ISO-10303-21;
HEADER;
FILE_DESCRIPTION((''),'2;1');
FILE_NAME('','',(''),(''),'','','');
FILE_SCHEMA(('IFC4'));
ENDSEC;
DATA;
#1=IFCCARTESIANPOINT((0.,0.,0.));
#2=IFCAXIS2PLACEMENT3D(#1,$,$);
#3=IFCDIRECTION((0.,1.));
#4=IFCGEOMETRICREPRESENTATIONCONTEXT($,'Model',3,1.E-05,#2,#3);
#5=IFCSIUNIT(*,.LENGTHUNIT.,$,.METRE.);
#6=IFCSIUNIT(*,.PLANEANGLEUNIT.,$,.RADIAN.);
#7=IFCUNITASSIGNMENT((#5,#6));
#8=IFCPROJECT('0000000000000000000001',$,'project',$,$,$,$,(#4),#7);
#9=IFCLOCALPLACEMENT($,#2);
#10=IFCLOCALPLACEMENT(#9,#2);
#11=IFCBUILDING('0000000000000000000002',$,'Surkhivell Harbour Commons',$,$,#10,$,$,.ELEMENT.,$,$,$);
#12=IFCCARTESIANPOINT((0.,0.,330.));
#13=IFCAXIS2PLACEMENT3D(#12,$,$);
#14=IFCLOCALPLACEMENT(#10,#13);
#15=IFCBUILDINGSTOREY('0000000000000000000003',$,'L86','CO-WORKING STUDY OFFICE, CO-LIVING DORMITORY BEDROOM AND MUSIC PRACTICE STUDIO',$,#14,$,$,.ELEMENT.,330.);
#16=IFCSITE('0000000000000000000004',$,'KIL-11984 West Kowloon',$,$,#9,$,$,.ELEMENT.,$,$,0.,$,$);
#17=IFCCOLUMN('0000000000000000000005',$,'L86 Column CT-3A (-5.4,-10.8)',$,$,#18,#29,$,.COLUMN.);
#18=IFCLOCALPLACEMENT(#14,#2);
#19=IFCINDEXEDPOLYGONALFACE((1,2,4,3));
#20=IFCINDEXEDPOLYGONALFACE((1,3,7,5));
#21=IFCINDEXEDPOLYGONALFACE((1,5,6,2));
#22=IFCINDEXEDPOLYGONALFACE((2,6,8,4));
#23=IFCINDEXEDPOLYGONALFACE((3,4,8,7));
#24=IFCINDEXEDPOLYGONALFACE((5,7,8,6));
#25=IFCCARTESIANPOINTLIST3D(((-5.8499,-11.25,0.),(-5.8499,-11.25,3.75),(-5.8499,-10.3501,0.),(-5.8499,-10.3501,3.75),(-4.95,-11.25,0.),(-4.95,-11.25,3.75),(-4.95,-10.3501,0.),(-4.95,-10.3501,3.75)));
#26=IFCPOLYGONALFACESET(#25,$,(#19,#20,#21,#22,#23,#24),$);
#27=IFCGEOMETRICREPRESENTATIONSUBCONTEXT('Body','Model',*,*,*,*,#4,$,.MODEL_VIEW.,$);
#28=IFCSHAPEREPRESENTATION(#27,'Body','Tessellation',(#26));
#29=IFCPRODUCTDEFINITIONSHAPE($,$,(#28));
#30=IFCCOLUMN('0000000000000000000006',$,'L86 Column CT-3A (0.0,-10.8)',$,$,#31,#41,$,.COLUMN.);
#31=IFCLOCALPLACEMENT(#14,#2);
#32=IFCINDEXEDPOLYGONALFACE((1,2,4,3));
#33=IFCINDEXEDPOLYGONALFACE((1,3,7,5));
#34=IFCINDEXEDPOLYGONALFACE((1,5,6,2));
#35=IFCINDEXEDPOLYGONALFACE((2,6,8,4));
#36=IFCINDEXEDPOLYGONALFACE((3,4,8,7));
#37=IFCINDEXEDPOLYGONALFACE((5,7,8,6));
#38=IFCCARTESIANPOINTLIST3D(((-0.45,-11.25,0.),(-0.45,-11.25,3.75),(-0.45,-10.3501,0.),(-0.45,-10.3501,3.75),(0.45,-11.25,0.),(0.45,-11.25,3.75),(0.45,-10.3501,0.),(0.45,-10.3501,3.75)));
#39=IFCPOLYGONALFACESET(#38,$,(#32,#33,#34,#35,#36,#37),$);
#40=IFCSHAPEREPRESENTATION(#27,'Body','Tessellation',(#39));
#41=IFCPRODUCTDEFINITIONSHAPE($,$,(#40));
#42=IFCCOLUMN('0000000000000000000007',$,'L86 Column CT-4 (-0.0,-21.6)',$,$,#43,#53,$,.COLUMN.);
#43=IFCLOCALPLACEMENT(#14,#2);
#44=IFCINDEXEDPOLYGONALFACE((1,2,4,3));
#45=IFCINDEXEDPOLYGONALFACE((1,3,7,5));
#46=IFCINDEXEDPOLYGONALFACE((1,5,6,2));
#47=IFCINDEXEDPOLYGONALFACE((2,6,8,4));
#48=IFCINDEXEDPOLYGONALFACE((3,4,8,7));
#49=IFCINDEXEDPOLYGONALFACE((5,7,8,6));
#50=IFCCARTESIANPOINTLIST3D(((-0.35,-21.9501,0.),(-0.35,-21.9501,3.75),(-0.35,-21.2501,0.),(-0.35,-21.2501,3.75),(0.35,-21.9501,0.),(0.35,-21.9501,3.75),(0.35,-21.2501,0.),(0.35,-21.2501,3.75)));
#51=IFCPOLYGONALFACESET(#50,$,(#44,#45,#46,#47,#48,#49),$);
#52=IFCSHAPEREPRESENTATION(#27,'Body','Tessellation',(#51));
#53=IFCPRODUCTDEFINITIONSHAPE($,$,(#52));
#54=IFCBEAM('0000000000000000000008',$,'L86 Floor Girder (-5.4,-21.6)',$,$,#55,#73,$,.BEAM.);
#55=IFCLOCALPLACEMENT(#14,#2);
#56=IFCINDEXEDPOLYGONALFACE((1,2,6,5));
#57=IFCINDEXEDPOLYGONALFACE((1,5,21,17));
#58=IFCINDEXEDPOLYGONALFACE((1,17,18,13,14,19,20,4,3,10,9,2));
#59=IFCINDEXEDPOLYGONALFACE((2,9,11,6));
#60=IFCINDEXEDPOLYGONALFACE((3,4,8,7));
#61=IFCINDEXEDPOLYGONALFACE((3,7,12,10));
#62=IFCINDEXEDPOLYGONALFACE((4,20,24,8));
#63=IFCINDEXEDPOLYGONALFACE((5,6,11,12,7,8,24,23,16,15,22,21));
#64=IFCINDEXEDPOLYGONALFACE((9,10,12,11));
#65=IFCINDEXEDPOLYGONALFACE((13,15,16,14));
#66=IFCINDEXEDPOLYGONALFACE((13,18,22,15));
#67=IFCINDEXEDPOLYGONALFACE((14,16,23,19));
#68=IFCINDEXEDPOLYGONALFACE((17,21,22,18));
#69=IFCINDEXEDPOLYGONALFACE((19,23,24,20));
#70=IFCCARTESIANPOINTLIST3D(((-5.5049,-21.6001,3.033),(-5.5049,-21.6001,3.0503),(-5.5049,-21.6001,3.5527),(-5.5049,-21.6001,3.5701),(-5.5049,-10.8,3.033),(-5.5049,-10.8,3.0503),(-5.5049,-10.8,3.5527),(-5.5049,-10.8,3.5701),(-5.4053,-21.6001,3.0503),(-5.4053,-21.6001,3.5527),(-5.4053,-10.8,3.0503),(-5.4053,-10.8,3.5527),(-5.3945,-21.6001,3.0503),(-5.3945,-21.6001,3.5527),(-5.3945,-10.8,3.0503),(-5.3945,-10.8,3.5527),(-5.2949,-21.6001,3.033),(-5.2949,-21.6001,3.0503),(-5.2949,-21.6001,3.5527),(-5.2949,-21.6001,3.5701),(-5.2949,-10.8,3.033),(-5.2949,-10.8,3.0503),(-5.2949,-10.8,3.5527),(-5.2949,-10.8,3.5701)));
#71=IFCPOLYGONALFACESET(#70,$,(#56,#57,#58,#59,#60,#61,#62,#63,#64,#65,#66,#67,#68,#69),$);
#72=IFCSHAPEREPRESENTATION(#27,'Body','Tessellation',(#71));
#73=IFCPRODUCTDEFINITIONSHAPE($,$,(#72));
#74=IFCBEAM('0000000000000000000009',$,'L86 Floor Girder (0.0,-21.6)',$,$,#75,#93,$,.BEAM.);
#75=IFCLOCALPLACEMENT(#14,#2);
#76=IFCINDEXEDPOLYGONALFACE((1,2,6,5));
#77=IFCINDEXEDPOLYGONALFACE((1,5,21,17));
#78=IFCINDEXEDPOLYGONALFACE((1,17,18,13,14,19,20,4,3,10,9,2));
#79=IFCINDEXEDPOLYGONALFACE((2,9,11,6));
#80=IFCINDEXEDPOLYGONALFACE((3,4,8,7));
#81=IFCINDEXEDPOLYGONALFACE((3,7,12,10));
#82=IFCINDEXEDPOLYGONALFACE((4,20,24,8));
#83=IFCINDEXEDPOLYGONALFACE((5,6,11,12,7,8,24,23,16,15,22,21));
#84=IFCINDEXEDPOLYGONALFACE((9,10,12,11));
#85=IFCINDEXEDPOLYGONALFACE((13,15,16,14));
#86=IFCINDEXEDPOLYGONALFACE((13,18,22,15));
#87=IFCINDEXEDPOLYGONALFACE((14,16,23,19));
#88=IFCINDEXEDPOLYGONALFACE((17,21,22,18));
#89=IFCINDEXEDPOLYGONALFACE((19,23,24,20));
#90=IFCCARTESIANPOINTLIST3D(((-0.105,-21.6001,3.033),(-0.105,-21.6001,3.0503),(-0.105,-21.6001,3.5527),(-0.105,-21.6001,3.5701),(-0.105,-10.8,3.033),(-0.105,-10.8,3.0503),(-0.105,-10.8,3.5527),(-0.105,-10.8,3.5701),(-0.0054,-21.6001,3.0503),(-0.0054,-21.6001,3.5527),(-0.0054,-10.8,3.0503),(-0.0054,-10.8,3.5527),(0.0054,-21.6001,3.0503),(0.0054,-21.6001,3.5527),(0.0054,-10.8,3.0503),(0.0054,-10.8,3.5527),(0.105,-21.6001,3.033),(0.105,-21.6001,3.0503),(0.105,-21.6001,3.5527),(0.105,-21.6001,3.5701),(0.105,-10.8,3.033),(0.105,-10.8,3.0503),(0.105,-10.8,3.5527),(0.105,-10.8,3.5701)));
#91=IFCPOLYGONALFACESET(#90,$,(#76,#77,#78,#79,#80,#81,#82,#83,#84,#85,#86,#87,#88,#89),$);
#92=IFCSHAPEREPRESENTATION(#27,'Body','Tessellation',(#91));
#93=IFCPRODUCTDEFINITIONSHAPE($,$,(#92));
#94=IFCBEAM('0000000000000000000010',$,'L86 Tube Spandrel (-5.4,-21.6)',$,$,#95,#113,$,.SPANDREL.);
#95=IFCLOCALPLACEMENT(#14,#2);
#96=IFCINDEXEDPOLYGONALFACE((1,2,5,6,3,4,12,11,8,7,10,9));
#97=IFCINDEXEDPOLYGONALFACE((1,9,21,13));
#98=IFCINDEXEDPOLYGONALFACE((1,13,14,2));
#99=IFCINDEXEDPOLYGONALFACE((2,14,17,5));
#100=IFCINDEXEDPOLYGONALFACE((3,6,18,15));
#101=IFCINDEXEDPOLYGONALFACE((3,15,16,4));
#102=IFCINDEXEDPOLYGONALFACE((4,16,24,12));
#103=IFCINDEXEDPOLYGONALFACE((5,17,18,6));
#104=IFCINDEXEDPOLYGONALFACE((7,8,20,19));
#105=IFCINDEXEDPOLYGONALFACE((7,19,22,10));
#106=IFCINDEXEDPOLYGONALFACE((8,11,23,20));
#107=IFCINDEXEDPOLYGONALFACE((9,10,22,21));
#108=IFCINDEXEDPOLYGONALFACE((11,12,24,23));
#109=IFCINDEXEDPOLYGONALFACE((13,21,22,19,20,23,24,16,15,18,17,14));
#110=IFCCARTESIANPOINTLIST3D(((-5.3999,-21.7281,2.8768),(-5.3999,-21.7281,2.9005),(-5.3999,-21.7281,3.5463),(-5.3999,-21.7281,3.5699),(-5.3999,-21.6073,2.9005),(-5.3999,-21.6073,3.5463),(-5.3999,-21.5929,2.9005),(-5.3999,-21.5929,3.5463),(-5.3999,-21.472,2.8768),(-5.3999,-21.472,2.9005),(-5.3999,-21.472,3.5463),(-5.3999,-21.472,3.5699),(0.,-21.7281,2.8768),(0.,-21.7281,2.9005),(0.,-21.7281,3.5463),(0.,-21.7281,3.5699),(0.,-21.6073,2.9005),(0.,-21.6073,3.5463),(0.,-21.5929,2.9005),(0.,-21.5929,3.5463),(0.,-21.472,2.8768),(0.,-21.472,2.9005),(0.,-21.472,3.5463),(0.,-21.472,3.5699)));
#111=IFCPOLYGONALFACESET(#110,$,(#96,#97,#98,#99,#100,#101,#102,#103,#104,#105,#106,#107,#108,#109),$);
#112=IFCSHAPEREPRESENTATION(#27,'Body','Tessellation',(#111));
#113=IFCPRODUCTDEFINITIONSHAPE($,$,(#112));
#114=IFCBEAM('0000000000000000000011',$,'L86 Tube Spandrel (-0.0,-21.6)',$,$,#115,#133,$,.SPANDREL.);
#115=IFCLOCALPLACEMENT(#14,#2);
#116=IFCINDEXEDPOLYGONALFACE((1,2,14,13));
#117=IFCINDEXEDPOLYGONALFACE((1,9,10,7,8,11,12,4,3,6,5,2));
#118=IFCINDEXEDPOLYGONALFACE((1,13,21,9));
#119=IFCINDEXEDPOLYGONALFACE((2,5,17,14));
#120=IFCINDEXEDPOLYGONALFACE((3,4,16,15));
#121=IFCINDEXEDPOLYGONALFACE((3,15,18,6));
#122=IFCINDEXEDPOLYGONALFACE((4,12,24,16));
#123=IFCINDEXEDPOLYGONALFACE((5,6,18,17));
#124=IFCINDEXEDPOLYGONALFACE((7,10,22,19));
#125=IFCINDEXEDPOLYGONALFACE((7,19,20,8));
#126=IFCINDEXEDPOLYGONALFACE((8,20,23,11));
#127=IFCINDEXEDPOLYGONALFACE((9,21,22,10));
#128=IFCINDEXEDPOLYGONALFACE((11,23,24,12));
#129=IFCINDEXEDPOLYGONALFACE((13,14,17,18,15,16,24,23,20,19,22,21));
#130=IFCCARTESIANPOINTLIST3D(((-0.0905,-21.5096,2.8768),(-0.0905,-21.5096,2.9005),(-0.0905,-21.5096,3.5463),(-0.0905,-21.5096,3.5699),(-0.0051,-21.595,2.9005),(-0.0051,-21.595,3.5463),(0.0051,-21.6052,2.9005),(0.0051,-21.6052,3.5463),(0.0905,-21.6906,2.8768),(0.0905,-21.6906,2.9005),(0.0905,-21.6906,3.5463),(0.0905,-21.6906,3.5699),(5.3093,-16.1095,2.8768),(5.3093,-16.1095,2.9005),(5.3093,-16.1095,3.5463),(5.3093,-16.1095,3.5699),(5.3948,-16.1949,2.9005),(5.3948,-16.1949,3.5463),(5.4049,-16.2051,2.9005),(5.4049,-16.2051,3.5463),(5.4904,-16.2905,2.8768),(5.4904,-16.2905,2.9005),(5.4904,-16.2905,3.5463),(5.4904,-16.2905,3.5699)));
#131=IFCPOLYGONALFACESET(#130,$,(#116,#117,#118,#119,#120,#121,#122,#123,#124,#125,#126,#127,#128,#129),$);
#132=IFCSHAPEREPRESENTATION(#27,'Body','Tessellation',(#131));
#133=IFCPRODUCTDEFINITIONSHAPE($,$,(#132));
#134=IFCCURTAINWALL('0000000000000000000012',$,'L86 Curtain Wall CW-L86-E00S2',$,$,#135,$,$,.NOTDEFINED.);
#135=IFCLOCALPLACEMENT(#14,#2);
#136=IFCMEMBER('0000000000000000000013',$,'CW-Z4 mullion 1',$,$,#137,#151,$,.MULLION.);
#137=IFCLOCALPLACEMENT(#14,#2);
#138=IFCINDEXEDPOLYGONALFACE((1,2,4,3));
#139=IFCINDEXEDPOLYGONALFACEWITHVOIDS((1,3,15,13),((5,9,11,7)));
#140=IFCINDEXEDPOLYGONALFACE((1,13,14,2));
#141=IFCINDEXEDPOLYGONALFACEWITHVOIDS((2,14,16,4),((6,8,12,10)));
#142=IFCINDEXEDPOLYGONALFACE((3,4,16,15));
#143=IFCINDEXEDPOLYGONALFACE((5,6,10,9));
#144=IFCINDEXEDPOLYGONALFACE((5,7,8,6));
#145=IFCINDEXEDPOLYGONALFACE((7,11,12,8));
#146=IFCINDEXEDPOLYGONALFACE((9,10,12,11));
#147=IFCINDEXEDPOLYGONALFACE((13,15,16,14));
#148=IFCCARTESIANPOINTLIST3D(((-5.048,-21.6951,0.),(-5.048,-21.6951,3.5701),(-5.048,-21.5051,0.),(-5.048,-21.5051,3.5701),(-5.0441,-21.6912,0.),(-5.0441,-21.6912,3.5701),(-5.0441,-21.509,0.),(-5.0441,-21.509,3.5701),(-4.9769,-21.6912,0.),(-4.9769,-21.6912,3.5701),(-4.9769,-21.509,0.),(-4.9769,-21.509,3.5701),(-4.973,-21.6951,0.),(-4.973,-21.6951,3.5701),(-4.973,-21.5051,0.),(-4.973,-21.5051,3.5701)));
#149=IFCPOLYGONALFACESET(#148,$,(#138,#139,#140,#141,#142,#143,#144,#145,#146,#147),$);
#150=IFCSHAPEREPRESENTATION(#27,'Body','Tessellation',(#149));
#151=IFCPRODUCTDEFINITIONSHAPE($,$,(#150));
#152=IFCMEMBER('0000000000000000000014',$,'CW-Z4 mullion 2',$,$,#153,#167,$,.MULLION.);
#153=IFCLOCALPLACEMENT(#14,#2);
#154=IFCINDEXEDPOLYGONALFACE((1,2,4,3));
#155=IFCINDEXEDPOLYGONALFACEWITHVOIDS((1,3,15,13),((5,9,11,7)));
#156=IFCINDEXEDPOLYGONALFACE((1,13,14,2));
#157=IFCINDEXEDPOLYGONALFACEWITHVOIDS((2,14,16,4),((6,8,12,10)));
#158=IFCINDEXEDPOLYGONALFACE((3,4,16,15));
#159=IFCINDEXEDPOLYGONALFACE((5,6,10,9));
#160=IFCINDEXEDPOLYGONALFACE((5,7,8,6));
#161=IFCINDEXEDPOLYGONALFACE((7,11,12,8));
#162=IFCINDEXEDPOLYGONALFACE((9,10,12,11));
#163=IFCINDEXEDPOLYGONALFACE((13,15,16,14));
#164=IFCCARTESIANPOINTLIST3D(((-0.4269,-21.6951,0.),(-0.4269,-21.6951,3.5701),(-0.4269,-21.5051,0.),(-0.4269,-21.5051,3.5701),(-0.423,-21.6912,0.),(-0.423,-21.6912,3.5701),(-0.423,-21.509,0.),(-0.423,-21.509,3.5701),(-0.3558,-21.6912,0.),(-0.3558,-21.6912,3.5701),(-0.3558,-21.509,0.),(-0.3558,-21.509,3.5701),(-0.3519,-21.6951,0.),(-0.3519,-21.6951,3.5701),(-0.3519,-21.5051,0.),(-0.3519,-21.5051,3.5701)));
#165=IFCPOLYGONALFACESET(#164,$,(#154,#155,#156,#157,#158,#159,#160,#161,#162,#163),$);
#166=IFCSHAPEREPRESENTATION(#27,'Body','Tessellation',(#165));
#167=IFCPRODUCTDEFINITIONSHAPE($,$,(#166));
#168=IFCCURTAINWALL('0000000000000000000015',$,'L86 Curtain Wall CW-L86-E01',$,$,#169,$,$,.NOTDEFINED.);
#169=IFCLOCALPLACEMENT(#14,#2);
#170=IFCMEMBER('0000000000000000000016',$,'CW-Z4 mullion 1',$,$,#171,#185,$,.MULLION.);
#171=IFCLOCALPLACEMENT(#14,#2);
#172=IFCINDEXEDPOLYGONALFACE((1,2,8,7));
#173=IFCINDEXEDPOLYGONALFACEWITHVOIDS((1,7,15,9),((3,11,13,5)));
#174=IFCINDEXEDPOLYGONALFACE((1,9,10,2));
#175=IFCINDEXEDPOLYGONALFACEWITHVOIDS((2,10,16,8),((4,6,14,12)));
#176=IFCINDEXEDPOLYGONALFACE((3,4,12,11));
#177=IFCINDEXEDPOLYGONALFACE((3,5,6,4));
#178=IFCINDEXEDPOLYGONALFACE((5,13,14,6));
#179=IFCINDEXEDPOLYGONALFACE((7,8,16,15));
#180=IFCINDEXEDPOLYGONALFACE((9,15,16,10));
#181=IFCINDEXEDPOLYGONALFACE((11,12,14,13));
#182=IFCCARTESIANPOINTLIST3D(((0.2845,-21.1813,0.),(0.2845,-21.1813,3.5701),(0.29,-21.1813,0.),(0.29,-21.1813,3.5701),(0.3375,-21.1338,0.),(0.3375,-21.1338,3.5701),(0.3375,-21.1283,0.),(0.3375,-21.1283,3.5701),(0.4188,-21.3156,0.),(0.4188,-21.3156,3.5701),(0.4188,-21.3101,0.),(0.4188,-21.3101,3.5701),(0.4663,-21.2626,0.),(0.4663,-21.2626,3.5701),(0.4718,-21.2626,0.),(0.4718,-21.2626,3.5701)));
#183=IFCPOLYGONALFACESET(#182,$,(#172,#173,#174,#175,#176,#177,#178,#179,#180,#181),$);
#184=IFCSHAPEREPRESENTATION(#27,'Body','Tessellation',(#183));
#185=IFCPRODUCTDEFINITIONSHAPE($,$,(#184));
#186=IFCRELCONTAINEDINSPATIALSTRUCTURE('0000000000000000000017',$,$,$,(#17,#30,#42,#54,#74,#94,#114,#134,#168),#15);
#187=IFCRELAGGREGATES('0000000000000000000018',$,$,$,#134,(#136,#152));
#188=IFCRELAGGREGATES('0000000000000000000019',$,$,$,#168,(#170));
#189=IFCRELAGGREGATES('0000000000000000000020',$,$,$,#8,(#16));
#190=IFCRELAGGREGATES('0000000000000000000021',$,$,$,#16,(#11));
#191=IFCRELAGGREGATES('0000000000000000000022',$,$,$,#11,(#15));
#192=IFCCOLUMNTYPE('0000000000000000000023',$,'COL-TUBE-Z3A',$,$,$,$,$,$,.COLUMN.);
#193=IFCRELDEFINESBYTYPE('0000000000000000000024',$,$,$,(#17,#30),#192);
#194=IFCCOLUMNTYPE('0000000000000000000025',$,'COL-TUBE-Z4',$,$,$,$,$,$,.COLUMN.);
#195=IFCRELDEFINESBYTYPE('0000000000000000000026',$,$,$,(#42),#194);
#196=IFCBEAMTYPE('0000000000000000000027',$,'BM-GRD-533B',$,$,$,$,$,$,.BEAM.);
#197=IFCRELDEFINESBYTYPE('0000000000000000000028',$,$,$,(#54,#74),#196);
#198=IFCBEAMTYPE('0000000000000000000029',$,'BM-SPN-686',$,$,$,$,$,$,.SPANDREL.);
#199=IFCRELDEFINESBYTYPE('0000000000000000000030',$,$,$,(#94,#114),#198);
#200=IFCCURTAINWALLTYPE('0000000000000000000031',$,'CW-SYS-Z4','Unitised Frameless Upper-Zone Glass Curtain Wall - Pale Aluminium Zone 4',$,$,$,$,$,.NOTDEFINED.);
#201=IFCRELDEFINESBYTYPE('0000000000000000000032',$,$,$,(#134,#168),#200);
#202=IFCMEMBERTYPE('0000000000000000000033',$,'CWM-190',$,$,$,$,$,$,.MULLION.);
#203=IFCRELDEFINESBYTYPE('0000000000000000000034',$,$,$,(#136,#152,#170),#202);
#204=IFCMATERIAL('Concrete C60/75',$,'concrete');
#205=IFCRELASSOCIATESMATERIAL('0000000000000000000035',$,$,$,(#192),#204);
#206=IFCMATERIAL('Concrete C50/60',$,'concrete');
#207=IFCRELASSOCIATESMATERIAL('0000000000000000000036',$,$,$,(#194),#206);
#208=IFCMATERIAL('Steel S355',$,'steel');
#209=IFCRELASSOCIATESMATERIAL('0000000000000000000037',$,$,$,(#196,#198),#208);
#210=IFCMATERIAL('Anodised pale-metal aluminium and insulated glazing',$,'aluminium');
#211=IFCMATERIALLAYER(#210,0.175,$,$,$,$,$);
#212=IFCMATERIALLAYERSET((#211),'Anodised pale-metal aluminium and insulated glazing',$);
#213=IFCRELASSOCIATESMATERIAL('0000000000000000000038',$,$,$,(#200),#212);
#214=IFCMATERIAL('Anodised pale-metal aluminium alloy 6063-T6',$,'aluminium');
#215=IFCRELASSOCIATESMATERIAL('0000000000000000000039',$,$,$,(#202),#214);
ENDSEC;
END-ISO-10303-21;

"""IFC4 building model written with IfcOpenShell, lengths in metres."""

from ifc_helpers import new_model, si_unit, direction, frame, origin, origin_2d, place, context, subcontext, project, spatial, rectangle, hollow_rectangle, i_section, extrude, material, layer, layer_set, material_profile, profile_set, type_object, element, aggregate, save


model = new_model("IFC4")

# Units and contexts
model_context = context("Model", 3, precision=1e-05, world=origin(), true_north=direction((0.0, 1.0)))
body_context = subcontext(model_context, "Body", "Model", "MODEL_VIEW")
ifc_project = project(units=[si_unit("LENGTHUNIT", "METRE"), si_unit("PLANEANGLEUNIT", "RADIAN")], contexts=[model_context])

# Site, building, storey
site_placement = place(None, origin())
site = spatial("IfcSite", under=ifc_project, at=site_placement, Name="KIL-11984 West Kowloon", CompositionType="ELEMENT", RefElevation=0.0)
building_placement = place(site_placement, origin())
building = spatial("IfcBuilding", under=site, at=building_placement, Name="Surkhivell Harbour Commons", CompositionType="ELEMENT")
storey_placement = place(building_placement, frame((0.0, 0.0, 330.0)))
storey = spatial("IfcBuildingStorey", under=building, at=storey_placement, Name="L86", Description="CO-WORKING STUDY OFFICE, CO-LIVING DORMITORY BEDROOM AND MUSIC PRACTICE STUDIO", CompositionType="ELEMENT", Elevation=330.0)

# Columns
ifc_material_1 = material(Name="Concrete C60/75", Category="concrete")
ifc_material_profile_1 = material_profile(ifc_material_1, rectangle(XDim=0.8999, YDim=0.8999, at=origin_2d()), Name="RC-COL-900x900")
ifc_profile_set_1 = profile_set([ifc_material_profile_1], Name="Concrete C60/75")
column_type_1 = type_object("IfcColumnType", Name="COL-TUBE-Z3A", PredefinedType="COLUMN", material=ifc_profile_set_1)
for number, where, z_axis, x_axis, name in (
    (1, (-5.3999, -10.8, 0.0), (0.0, 0.0, 1.0), (1.0, 0.0, 0.0), "L86 Column CT-3A (-5.4,-10.8)"),
    (2, (0.0, -10.8, 0.0), (0.0, 0.0, 1.0), (1.0, 0.0, 0.0), "L86 Column CT-3A (0.0,-10.8)"),
):
    element("IfcColumn", number, at=place(storey_placement, frame(where, z_axis=z_axis, x_axis=x_axis)), inside=storey, type_object=column_type_1, Name=name, PredefinedType="COLUMN", context=body_context, shape_type="SweptSolid", body=[
        extrude(rectangle(XDim=0.8999, YDim=0.8999, at=origin_2d()), origin(), (0.0, 0.0, 1.0), 3.75),
    ])
ifc_material_2 = material(Name="Concrete C50/60", Category="concrete")
ifc_material_profile_2 = material_profile(ifc_material_2, rectangle(XDim=0.7, YDim=0.7, at=origin_2d()), Name="RC-COL-700x700")
ifc_profile_set_2 = profile_set([ifc_material_profile_2], Name="Concrete C50/60")
column_type_2 = type_object("IfcColumnType", Name="COL-TUBE-Z4", PredefinedType="COLUMN", material=ifc_profile_set_2)
column_placement = place(storey_placement, frame((0.0, -21.6001, 0.0), z_axis=(0.0, 0.0, 1.0), x_axis=(1.0, 0.0, 0.0)))
element("IfcColumn", 3, at=column_placement, inside=storey, type_object=column_type_2, Name="L86 Column CT-4 (-0.0,-21.6)", PredefinedType="COLUMN", context=body_context, shape_type="SweptSolid", body=[
    extrude(rectangle(XDim=0.7, YDim=0.7, at=origin_2d()), origin(), (0.0, 0.0, 1.0), 3.75),
])

# Beams
ifc_material_3 = material(Name="Steel S355", Category="steel")
ifc_material_profile_3 = material_profile(ifc_material_3, i_section(OverallWidth=0.21, OverallDepth=0.5371, WebThickness=0.0107, FlangeThickness=0.0173, at=origin_2d()), Name="UB533x210x101")
ifc_profile_set_3 = profile_set([ifc_material_profile_3], Name="Steel S355")
beam_type_1 = type_object("IfcBeamType", Name="BM-GRD-533B", PredefinedType="BEAM", material=ifc_profile_set_3)
for number, where, z_axis, x_axis, name in (
    (4, (-5.3999, -21.6001, 3.3015), (0.0, 1.0, 0.0), (-1.0, 0.0, 0.0), "L86 Floor Girder (-5.4,-21.6)"),
    (5, (0.0, -21.6001, 3.3015), (0.0, 1.0, 0.0), (-1.0, 0.0, 0.0), "L86 Floor Girder (0.0,-21.6)"),
):
    element("IfcBeam", number, at=place(storey_placement, frame(where, z_axis=z_axis, x_axis=x_axis)), inside=storey, type_object=beam_type_1, Name=name, PredefinedType="BEAM", context=body_context, shape_type="SweptSolid", body=[
        extrude(i_section(OverallWidth=0.21, OverallDepth=0.5371, WebThickness=0.0107, FlangeThickness=0.0173, at=origin_2d()), origin(), (0.0, 0.0, 1.0), 10.8),
    ])
ifc_material_profile_4 = material_profile(ifc_material_3, i_section(OverallWidth=0.2561, OverallDepth=0.6931, WebThickness=0.0144, FlangeThickness=0.0237, at=origin_2d()), Name="UB686x254x170")
ifc_profile_set_4 = profile_set([ifc_material_profile_4], Name="Steel S355")
beam_type_2 = type_object("IfcBeamType", Name="BM-SPN-686", PredefinedType="SPANDREL", material=ifc_profile_set_4)
beam_1_placement = place(storey_placement, frame((-5.3999, -21.6001, 3.2234), z_axis=(1.0, 0.0, 0.0), x_axis=(0.0, 1.0, 0.0)))
element("IfcBeam", 6, at=beam_1_placement, inside=storey, type_object=beam_type_2, Name="L86 Tube Spandrel (-5.4,-21.6)", PredefinedType="SPANDREL", context=body_context, shape_type="SweptSolid", body=[
    extrude(i_section(OverallWidth=0.2561, OverallDepth=0.6931, WebThickness=0.0144, FlangeThickness=0.0237, at=origin_2d()), origin(), (0.0, 0.0, 1.0), 5.3999),
])
beam_2_placement = place(storey_placement, frame((0.0, -21.6001, 3.2234), z_axis=(0.707091, 0.707123, 0.0), x_axis=(-0.707123, 0.707091, 0.0)))
element("IfcBeam", 7, at=beam_2_placement, inside=storey, type_object=beam_type_2, Name="L86 Tube Spandrel (-0.0,-21.6)", PredefinedType="SPANDREL", context=body_context, shape_type="SweptSolid", body=[
    extrude(i_section(OverallWidth=0.2561, OverallDepth=0.6931, WebThickness=0.0144, FlangeThickness=0.0237, at=origin_2d()), origin(), (0.0, 0.0, 1.0), 7.6367),
])

# Curtain wall, members
ifc_material_4 = material(Name="Anodised pale-metal aluminium and insulated glazing", Category="aluminium")
ifc_layer_1 = layer(ifc_material_4, 0.175)
ifc_layer_set_1 = layer_set([ifc_layer_1], Name="Anodised pale-metal aluminium and insulated glazing")
curtain_wall_type = type_object("IfcCurtainWallType", Name="CW-SYS-Z4", Description="Unitised Frameless Upper-Zone Glass Curtain Wall - Pale Aluminium Zone 4", PredefinedType="NOTDEFINED", material=ifc_layer_set_1)
curtain_wall_1_placement = place(storey_placement, origin())
curtain_wall_1 = element("IfcCurtainWall", 8, at=curtain_wall_1_placement, inside=storey, type_object=curtain_wall_type, Name="L86 Curtain Wall CW-L86-E00S2", PredefinedType="NOTDEFINED")
ifc_material_5 = material(Name="Anodised pale-metal aluminium alloy 6063-T6", Category="aluminium")
ifc_material_profile_5 = material_profile(ifc_material_5, hollow_rectangle(XDim=0.075, YDim=0.1899, WallThickness=0.0039, at=origin_2d()), Name="ALU-MULL-75x190")
ifc_profile_set_5 = profile_set([ifc_material_profile_5], Name="Anodised pale-metal aluminium alloy 6063-T6")
member_type_1 = type_object("IfcMemberType", Name="CWM-190", PredefinedType="MULLION", material=ifc_profile_set_5)
member_1_placement = place(storey_placement, frame((-5.0105, -21.6001, 0.0), z_axis=(0.0, 0.0, 1.0), x_axis=(1.0, 0.0, 0.0)))
member_1 = element("IfcMember", 9, at=member_1_placement, type_object=member_type_1, Name="CW-Z4 mullion 1", PredefinedType="MULLION", context=body_context, shape_type="SweptSolid", body=[
    extrude(hollow_rectangle(XDim=0.075, YDim=0.1899, WallThickness=0.0039, at=origin_2d()), origin(), (0.0, 0.0, 1.0), 3.5701),
])
member_2_placement = place(storey_placement, frame((-0.3894, -21.6001, 0.0), z_axis=(0.0, 0.0, 1.0), x_axis=(1.0, 0.0, 0.0)))
member_2 = element("IfcMember", 10, at=member_2_placement, type_object=member_type_1, Name="CW-Z4 mullion 2", PredefinedType="MULLION", context=body_context, shape_type="SweptSolid", body=[
    extrude(hollow_rectangle(XDim=0.075, YDim=0.1899, WallThickness=0.0039, at=origin_2d()), origin(), (0.0, 0.0, 1.0), 3.5701),
])

# Curtain wall, member
curtain_wall_2_placement = place(storey_placement, origin())
curtain_wall_2 = element("IfcCurtainWall", 11, at=curtain_wall_2_placement, inside=storey, type_object=curtain_wall_type, Name="L86 Curtain Wall CW-L86-E01", PredefinedType="NOTDEFINED")
member_3_placement = place(storey_placement, frame((0.3782, -21.2219, 0.0), z_axis=(0.0, 0.0, 1.0), x_axis=(0.707107, 0.707107, 0.0)))
member_3 = element("IfcMember", 12, at=member_3_placement, type_object=member_type_1, Name="CW-Z4 mullion 1", PredefinedType="MULLION", context=body_context, shape_type="SweptSolid", body=[
    extrude(hollow_rectangle(XDim=0.075, YDim=0.1899, WallThickness=0.0039, at=origin_2d()), origin(), (0.0, 0.0, 1.0), 3.5701),
])

aggregate(curtain_wall_1, [member_1, member_2])
aggregate(curtain_wall_2, [member_3])

save(model, "model.ifc")
